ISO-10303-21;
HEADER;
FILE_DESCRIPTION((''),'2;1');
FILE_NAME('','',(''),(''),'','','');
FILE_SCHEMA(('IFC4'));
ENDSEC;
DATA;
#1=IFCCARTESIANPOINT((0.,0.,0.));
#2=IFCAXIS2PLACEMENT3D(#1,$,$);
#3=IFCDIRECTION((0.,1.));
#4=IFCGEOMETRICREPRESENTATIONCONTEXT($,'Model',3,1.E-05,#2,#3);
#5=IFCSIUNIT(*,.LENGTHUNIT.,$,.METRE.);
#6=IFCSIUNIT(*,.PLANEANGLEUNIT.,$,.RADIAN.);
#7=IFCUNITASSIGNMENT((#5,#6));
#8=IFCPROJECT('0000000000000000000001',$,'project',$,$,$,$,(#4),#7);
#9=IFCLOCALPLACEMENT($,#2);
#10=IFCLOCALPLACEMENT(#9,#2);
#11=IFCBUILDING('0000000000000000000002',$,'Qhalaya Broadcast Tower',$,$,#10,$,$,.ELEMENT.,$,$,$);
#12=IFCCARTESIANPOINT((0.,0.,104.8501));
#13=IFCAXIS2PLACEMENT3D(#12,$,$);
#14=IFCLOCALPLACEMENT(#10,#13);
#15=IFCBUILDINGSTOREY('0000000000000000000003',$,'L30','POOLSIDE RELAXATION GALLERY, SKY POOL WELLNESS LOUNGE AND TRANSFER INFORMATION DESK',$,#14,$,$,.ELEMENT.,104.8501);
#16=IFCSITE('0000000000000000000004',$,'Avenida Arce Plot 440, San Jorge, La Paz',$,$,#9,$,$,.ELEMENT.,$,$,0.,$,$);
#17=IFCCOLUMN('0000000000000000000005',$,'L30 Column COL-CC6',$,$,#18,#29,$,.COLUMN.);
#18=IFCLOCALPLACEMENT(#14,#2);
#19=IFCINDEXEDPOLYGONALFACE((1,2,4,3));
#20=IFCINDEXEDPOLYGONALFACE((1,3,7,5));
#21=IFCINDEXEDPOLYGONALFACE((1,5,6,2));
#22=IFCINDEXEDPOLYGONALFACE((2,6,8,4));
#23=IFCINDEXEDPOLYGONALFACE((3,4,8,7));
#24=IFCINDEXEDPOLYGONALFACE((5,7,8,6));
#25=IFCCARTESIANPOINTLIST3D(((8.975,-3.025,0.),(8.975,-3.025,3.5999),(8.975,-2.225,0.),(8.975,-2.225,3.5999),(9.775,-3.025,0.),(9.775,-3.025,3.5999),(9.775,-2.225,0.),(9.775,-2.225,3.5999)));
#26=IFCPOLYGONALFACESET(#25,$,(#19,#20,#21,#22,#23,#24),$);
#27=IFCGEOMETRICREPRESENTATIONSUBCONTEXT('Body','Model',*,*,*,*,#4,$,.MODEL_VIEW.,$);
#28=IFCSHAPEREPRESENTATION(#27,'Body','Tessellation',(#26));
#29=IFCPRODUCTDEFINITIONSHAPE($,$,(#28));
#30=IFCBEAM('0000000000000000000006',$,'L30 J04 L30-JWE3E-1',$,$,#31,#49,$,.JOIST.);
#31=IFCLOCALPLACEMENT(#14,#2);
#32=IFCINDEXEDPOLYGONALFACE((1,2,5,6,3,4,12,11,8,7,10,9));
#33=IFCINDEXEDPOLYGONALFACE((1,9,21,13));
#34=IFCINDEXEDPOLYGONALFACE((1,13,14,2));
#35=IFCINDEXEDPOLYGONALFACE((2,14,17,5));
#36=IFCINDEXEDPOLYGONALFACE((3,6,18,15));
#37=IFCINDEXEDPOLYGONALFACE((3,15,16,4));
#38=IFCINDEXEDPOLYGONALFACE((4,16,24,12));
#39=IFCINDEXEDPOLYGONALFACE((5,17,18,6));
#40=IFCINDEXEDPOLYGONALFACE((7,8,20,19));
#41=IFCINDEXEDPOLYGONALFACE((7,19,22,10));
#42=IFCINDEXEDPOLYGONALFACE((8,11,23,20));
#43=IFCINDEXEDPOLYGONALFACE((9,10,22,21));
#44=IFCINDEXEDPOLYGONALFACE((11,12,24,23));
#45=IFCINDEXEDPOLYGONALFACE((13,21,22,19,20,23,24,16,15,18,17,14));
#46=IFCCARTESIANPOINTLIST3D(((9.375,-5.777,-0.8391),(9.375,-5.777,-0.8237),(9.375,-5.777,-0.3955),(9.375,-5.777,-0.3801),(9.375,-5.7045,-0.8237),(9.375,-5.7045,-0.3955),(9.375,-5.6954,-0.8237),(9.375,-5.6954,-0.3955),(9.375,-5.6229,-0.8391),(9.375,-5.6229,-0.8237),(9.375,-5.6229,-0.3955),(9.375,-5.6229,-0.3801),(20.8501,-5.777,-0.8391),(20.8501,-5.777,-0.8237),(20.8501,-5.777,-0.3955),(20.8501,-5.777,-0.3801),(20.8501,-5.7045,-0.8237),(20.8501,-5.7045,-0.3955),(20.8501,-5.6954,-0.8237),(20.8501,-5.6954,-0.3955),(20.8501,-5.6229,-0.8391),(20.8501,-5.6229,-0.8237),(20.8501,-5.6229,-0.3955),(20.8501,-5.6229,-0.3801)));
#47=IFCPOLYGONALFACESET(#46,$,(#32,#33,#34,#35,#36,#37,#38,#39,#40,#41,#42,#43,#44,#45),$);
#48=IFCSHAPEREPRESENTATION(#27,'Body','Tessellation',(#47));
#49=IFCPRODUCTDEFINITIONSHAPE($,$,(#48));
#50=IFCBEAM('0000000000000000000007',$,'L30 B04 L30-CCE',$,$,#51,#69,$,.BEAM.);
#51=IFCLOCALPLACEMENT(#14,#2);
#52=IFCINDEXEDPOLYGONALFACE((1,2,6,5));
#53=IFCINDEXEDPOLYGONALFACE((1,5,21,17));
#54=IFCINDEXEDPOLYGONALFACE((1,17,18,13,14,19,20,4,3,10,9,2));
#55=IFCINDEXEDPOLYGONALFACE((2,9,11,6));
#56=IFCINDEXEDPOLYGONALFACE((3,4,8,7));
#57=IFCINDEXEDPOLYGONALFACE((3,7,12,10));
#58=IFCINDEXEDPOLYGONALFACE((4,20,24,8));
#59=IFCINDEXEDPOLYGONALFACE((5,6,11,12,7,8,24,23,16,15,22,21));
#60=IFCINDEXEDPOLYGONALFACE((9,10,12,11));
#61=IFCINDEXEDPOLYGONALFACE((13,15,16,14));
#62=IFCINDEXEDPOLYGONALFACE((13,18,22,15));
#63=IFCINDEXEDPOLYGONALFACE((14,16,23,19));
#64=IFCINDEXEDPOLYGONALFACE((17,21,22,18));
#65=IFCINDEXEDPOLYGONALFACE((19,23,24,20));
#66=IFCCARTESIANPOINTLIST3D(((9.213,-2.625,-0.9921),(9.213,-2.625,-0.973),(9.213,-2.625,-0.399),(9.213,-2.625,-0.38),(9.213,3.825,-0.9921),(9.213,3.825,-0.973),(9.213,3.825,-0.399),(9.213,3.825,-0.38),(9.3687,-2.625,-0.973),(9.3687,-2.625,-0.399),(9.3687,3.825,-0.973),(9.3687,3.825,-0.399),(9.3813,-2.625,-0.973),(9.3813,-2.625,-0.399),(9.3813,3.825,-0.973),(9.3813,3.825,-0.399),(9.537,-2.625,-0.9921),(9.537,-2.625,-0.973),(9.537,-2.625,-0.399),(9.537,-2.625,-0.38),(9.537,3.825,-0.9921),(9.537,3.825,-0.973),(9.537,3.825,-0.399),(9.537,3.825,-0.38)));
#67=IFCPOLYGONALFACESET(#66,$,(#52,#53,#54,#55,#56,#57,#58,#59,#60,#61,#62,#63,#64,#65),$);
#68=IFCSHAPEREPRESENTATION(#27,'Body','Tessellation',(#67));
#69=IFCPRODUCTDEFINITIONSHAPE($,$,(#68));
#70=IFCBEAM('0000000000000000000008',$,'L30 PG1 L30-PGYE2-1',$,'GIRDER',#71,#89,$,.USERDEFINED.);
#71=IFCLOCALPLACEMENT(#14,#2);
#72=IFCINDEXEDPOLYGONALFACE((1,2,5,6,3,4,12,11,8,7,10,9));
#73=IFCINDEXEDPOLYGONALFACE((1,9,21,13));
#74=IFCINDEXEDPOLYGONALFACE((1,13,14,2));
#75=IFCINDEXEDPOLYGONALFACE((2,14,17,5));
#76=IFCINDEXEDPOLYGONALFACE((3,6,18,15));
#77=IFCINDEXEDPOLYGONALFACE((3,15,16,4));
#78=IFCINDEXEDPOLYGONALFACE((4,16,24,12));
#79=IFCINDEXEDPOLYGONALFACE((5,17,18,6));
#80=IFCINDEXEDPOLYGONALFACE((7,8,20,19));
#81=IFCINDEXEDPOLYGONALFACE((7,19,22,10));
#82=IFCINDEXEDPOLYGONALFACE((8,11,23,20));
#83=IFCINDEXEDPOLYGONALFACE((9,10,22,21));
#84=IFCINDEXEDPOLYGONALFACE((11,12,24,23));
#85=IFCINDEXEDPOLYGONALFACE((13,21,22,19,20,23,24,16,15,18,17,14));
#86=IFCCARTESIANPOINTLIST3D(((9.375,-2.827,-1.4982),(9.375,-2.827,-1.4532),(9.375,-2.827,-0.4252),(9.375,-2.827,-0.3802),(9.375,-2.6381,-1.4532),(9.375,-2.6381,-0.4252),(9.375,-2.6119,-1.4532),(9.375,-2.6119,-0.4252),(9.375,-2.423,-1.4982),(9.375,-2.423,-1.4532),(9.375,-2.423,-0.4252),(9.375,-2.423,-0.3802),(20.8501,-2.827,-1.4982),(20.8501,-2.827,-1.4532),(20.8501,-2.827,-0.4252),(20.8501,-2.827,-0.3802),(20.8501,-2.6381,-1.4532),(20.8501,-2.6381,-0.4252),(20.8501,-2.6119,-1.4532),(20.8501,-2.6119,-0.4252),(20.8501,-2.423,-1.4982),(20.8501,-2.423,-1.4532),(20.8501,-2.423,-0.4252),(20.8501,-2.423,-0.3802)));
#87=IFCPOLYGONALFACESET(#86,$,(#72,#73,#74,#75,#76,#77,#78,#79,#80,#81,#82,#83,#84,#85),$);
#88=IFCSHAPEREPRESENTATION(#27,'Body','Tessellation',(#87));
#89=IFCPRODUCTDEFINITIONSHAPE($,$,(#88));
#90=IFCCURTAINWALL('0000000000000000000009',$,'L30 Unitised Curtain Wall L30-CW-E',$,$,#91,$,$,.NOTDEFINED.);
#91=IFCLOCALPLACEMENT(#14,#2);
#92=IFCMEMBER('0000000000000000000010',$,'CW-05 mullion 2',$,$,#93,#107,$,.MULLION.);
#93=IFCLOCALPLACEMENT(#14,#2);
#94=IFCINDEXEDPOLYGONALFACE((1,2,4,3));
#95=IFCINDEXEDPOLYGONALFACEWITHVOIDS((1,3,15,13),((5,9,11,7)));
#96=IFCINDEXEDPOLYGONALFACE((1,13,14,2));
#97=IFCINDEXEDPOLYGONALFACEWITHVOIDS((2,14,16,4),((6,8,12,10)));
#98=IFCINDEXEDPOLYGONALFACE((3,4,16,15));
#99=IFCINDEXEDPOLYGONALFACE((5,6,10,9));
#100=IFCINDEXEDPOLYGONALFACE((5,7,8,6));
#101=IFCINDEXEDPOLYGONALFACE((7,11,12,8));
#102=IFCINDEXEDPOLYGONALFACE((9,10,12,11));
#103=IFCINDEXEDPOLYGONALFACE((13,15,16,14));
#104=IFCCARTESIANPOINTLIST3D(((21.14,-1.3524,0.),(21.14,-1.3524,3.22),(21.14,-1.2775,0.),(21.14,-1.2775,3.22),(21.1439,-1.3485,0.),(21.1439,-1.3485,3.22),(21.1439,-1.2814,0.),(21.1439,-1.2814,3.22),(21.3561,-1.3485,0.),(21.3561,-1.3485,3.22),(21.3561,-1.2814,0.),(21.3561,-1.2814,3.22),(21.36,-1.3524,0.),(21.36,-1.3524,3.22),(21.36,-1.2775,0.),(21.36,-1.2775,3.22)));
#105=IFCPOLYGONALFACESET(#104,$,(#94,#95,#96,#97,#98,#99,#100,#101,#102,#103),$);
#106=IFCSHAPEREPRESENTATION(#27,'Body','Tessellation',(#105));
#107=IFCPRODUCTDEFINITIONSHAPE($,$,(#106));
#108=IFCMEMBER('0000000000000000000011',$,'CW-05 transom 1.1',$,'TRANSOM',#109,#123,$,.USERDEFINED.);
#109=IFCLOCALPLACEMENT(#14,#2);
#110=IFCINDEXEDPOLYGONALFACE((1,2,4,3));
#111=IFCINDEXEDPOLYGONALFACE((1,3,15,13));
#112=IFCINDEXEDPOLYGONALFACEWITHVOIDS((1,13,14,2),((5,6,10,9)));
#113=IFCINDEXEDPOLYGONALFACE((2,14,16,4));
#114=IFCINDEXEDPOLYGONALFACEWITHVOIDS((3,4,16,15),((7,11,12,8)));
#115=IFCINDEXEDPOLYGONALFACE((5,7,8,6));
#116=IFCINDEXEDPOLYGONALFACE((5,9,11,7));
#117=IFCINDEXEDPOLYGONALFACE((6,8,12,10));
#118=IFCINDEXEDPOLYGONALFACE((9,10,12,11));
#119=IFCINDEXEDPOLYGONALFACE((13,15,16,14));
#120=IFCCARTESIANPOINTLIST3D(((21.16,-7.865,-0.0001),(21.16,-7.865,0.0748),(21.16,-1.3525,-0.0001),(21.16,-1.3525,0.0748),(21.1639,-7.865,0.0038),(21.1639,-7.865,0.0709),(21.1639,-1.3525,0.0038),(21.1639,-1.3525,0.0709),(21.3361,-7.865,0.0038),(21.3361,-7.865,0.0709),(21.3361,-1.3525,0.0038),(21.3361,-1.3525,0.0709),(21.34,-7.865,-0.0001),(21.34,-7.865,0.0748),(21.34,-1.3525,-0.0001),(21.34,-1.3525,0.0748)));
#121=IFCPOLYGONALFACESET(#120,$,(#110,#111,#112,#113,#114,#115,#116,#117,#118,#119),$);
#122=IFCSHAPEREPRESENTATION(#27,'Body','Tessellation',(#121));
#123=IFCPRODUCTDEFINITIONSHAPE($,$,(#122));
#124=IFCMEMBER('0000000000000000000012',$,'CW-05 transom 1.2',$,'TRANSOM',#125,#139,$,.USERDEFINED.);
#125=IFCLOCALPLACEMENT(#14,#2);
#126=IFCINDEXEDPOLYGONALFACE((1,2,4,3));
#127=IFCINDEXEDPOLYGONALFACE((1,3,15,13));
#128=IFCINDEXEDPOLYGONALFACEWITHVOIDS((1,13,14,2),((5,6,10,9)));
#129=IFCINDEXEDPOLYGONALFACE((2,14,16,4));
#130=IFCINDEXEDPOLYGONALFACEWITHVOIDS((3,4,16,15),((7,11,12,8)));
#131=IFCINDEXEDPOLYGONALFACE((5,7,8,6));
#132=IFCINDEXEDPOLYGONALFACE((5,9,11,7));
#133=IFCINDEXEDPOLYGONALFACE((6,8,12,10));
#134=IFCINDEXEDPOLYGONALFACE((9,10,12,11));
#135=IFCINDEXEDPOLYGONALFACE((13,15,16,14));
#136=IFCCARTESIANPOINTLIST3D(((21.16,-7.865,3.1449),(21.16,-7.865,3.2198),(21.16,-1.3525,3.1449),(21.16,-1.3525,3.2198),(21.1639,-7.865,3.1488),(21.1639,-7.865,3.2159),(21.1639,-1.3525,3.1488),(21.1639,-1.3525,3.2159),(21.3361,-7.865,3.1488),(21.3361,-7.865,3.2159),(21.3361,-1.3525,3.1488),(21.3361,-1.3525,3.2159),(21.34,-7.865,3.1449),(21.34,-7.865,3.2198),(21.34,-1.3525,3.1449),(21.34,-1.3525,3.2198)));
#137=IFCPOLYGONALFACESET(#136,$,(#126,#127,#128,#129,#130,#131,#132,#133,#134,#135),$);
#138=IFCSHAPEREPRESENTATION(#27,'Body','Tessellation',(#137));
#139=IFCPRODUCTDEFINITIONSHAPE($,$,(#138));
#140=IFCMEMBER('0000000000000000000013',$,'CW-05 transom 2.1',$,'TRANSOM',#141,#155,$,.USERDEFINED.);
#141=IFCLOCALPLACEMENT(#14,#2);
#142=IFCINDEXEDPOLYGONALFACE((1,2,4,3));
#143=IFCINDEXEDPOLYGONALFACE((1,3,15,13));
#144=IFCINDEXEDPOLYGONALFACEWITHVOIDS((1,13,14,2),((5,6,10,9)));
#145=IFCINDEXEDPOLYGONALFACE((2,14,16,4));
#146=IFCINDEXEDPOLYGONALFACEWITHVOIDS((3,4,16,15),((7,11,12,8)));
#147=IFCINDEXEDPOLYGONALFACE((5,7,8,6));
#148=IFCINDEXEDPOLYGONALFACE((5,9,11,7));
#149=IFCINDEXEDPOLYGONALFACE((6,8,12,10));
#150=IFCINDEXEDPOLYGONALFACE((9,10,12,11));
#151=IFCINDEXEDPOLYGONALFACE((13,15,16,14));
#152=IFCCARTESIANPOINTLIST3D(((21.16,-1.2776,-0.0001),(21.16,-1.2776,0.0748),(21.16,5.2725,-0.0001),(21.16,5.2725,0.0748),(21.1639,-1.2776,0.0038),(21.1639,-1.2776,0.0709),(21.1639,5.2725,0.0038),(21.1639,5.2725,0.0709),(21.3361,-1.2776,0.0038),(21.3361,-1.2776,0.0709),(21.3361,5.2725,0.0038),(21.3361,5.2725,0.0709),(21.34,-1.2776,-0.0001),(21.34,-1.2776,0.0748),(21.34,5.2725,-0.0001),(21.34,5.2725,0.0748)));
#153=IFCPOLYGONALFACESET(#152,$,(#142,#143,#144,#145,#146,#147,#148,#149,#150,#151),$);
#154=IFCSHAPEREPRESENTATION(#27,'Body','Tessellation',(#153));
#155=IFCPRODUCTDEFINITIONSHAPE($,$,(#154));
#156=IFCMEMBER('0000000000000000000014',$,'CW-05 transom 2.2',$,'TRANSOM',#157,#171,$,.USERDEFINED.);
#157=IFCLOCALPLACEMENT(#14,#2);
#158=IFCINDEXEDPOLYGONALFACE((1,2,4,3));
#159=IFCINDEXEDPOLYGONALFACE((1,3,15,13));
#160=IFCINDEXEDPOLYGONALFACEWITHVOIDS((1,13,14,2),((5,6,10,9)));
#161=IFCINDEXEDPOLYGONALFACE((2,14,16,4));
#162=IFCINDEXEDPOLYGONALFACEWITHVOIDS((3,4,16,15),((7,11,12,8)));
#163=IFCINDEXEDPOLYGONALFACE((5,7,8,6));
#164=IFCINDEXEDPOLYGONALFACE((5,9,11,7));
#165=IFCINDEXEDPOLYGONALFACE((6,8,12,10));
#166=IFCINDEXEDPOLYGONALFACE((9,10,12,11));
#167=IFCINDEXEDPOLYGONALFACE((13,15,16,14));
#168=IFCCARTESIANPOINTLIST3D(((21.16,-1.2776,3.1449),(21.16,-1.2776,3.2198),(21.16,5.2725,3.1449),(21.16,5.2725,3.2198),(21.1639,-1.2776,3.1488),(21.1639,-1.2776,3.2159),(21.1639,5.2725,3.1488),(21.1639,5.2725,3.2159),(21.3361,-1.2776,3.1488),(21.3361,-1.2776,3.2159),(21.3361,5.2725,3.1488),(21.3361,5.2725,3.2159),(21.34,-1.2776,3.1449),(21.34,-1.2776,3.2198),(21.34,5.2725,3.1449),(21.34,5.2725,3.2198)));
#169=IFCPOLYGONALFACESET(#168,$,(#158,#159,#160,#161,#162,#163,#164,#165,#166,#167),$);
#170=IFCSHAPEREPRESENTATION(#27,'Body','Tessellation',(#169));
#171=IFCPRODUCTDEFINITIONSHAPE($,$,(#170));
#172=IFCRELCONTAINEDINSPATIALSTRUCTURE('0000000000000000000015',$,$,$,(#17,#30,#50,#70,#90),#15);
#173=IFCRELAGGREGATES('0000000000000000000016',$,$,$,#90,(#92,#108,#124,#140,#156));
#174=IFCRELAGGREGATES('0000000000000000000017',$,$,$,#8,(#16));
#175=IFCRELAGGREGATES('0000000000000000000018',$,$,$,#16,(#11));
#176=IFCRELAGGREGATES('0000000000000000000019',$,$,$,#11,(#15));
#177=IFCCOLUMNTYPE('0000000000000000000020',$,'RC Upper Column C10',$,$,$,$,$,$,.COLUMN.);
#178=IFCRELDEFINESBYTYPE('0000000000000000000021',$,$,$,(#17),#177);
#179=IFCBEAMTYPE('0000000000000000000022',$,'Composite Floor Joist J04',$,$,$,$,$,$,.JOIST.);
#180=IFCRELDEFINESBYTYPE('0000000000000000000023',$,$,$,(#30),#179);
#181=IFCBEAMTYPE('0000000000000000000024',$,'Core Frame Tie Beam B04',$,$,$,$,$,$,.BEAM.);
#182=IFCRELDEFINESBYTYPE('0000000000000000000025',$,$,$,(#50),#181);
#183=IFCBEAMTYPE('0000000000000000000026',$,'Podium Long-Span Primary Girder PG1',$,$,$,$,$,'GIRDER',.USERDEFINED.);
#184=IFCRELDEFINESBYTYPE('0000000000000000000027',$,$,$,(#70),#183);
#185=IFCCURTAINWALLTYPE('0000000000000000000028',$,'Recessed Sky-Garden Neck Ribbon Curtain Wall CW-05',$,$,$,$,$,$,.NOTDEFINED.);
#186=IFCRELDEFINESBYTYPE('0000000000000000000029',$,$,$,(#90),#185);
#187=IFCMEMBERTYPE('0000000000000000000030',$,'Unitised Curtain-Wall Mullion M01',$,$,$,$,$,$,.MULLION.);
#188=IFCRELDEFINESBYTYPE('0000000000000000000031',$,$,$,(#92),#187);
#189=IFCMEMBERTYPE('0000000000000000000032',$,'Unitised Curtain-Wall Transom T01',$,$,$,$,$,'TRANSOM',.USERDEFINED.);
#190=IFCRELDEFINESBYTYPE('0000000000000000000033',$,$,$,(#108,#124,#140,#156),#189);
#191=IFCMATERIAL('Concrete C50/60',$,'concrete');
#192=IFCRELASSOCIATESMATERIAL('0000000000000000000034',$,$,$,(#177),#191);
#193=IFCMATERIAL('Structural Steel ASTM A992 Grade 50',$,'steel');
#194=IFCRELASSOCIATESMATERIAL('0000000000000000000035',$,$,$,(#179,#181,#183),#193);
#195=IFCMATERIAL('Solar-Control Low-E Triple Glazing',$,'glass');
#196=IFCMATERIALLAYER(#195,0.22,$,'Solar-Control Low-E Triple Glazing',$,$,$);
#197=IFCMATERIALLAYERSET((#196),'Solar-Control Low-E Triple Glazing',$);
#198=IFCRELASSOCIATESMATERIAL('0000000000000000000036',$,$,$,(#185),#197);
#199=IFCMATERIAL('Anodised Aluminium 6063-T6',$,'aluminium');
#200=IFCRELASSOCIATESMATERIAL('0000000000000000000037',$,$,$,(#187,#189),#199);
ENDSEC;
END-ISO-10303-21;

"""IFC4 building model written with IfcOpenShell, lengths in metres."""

from ifc_helpers import new_model, si_unit, direction, frame, origin, origin_2d, place, context, subcontext, project, spatial, rectangle, hollow_rectangle, i_section, extrude, material, layer, layer_set, material_profile, profile_set, type_object, element, aggregate, save


model = new_model("IFC4")

# Units and contexts
model_context = context("Model", 3, precision=1e-05, world=origin(), true_north=direction((0.0, 1.0)))
body_context = subcontext(model_context, "Body", "Model", "MODEL_VIEW")
ifc_project = project(units=[si_unit("LENGTHUNIT", "METRE"), si_unit("PLANEANGLEUNIT", "RADIAN")], contexts=[model_context])

# Site, building, storey
site_placement = place(None, origin())
site = spatial("IfcSite", under=ifc_project, at=site_placement, Name="Avenida Arce Plot 440, San Jorge, La Paz", CompositionType="ELEMENT", RefElevation=0.0)
building_placement = place(site_placement, origin())
building = spatial("IfcBuilding", under=site, at=building_placement, Name="Qhalaya Broadcast Tower", CompositionType="ELEMENT")
storey_placement = place(building_placement, frame((0.0, 0.0, 104.8501)))
storey = spatial("IfcBuildingStorey", under=building, at=storey_placement, Name="L30", Description="POOLSIDE RELAXATION GALLERY, SKY POOL WELLNESS LOUNGE AND TRANSFER INFORMATION DESK", CompositionType="ELEMENT", Elevation=104.8501)

# Column
ifc_material_1 = material(Name="Concrete C50/60", Category="concrete")
ifc_material_profile_1 = material_profile(ifc_material_1, rectangle(XDim=0.8, YDim=0.8, at=origin_2d()), Name="RC-COL 800x800")
ifc_profile_set_1 = profile_set([ifc_material_profile_1], Name="Concrete C50/60")
column_type = type_object("IfcColumnType", Name="RC Upper Column C10", PredefinedType="COLUMN", material=ifc_profile_set_1)
column_placement = place(storey_placement, frame((9.375, -2.625, 0.0), z_axis=(0.0, 0.0, 1.0), x_axis=(1.0, 0.0, 0.0)))
element("IfcColumn", 1, at=column_placement, inside=storey, type_object=column_type, Name="L30 Column COL-CC6", PredefinedType="COLUMN", context=body_context, shape_type="SweptSolid", body=[
    extrude(rectangle(XDim=0.8, YDim=0.8, at=origin_2d()), origin(), (0.0, 0.0, 1.0), 3.5999),
])

# Beams
ifc_material_2 = material(Name="Structural Steel ASTM A992 Grade 50", Category="steel")
ifc_material_profile_2 = material_profile(ifc_material_2, i_section(OverallWidth=0.1541, OverallDepth=0.459, WebThickness=0.009, FlangeThickness=0.0154, at=origin_2d()), Name="W18X46")
ifc_profile_set_2 = profile_set([ifc_material_profile_2], Name="Structural Steel ASTM A992 Grade 50")
beam_type_1 = type_object("IfcBeamType", Name="Composite Floor Joist J04", PredefinedType="JOIST", material=ifc_profile_set_2)
beam_1_placement = place(storey_placement, frame((9.375, -5.7, -0.6096), z_axis=(1.0, 0.0, 0.0), x_axis=(0.0, 1.0, 0.0)))
element("IfcBeam", 2, at=beam_1_placement, inside=storey, type_object=beam_type_1, Name="L30 J04 L30-JWE3E-1", PredefinedType="JOIST", context=body_context, shape_type="SweptSolid", body=[
    extrude(i_section(OverallWidth=0.1541, OverallDepth=0.459, WebThickness=0.009, FlangeThickness=0.0154, at=origin_2d()), origin(), (0.0, 0.0, 1.0), 11.4751),
])
ifc_material_profile_3 = material_profile(ifc_material_2, i_section(OverallWidth=0.324, OverallDepth=0.6121, WebThickness=0.0127, FlangeThickness=0.019, at=origin_2d()), Name="W24X104")
ifc_profile_set_3 = profile_set([ifc_material_profile_3], Name="Structural Steel ASTM A992 Grade 50")
beam_type_2 = type_object("IfcBeamType", Name="Core Frame Tie Beam B04", PredefinedType="BEAM", material=ifc_profile_set_3)
beam_2_placement = place(storey_placement, frame((9.375, -2.625, -0.686), z_axis=(0.0, 1.0, 0.0), x_axis=(-1.0, 0.0, 0.0)))
element("IfcBeam", 3, at=beam_2_placement, inside=storey, type_object=beam_type_2, Name="L30 B04 L30-CCE", PredefinedType="BEAM", context=body_context, shape_type="SweptSolid", body=[
    extrude(i_section(OverallWidth=0.324, OverallDepth=0.6121, WebThickness=0.0127, FlangeThickness=0.019, at=origin_2d()), origin(), (0.0, 0.0, 1.0), 6.45),
])
ifc_material_profile_4 = material_profile(ifc_material_2, i_section(OverallWidth=0.4041, OverallDepth=1.1179, WebThickness=0.0261, FlangeThickness=0.0449, at=origin_2d()), Name="W44X335")
ifc_profile_set_4 = profile_set([ifc_material_profile_4], Name="Structural Steel ASTM A992 Grade 50")
beam_type_3 = type_object("IfcBeamType", Name="Podium Long-Span Primary Girder PG1", ElementType="GIRDER", PredefinedType="USERDEFINED", material=ifc_profile_set_4)
beam_3_placement = place(storey_placement, frame((9.375, -2.625, -0.9392), z_axis=(1.0, 0.0, 0.0), x_axis=(0.0, 1.0, 0.0)))
element("IfcBeam", 4, at=beam_3_placement, inside=storey, type_object=beam_type_3, Name="L30 PG1 L30-PGYE2-1", ObjectType="GIRDER", PredefinedType="USERDEFINED", context=body_context, shape_type="SweptSolid", body=[
    extrude(i_section(OverallWidth=0.4041, OverallDepth=1.1179, WebThickness=0.0261, FlangeThickness=0.0449, at=origin_2d()), origin(), (0.0, 0.0, 1.0), 11.4751),
])

# Curtain wall, members
ifc_material_3 = material(Name="Solar-Control Low-E Triple Glazing", Category="glass")
ifc_layer_1 = layer(ifc_material_3, 0.22, Name="Solar-Control Low-E Triple Glazing")
ifc_layer_set_1 = layer_set([ifc_layer_1], Name="Solar-Control Low-E Triple Glazing")
curtain_wall_type = type_object("IfcCurtainWallType", Name="Recessed Sky-Garden Neck Ribbon Curtain Wall CW-05", PredefinedType="NOTDEFINED", material=ifc_layer_set_1)
curtain_wall_placement = place(storey_placement, origin())
curtain_wall = element("IfcCurtainWall", 5, at=curtain_wall_placement, inside=storey, type_object=curtain_wall_type, Name="L30 Unitised Curtain Wall L30-CW-E", PredefinedType="NOTDEFINED")
ifc_material_4 = material(Name="Anodised Aluminium 6063-T6", Category="aluminium")
ifc_material_profile_5 = material_profile(ifc_material_4, hollow_rectangle(XDim=0.075, YDim=0.22, WallThickness=0.0039, at=origin_2d()), Name="ALU-MUL 75x220x4")
ifc_profile_set_5 = profile_set([ifc_material_profile_5], Name="Anodised Aluminium 6063-T6")
member_type_1 = type_object("IfcMemberType", Name="Unitised Curtain-Wall Mullion M01", PredefinedType="MULLION", material=ifc_profile_set_5)
member_1_placement = place(storey_placement, frame((21.25, -1.3149, 0.0), z_axis=(0.0, 0.0, 1.0), x_axis=(0.0, 1.0, 0.0)))
member_1 = element("IfcMember", 6, at=member_1_placement, type_object=member_type_1, Name="CW-05 mullion 2", PredefinedType="MULLION", context=body_context, shape_type="SweptSolid", body=[
    extrude(hollow_rectangle(XDim=0.075, YDim=0.22, WallThickness=0.0039, at=origin_2d()), origin(), (0.0, 0.0, 1.0), 3.22),
])
ifc_material_profile_6 = material_profile(ifc_material_4, hollow_rectangle(XDim=0.075, YDim=0.1799, WallThickness=0.0039, at=origin_2d()), Name="ALU-TRN 75x180x4")
ifc_profile_set_6 = profile_set([ifc_material_profile_6], Name="Anodised Aluminium 6063-T6")
member_type_2 = type_object("IfcMemberType", Name="Unitised Curtain-Wall Transom T01", ElementType="TRANSOM", PredefinedType="USERDEFINED", material=ifc_profile_set_6)
member_2_placement = place(storey_placement, frame((21.25, -7.865, 0.0374), z_axis=(0.0, 1.0, 0.0), x_axis=(0.0, 0.0, 1.0)))
member_2 = element("IfcMember", 7, at=member_2_placement, type_object=member_type_2, Name="CW-05 transom 1.1", ObjectType="TRANSOM", PredefinedType="USERDEFINED", context=body_context, shape_type="SweptSolid", body=[
    extrude(hollow_rectangle(XDim=0.075, YDim=0.1799, WallThickness=0.0039, at=origin_2d()), origin(), (0.0, 0.0, 1.0), 6.5125),
])
member_3_placement = place(storey_placement, frame((21.25, -7.865, 3.1824), z_axis=(0.0, 1.0, 0.0), x_axis=(0.0, 0.0, 1.0)))
member_3 = element("IfcMember", 8, at=member_3_placement, type_object=member_type_2, Name="CW-05 transom 1.2", ObjectType="TRANSOM", PredefinedType="USERDEFINED", context=body_context, shape_type="SweptSolid", body=[
    extrude(hollow_rectangle(XDim=0.075, YDim=0.1799, WallThickness=0.0039, at=origin_2d()), origin(), (0.0, 0.0, 1.0), 6.5125),
])
member_4_placement = place(storey_placement, frame((21.25, -1.2776, 0.0374), z_axis=(0.0, 1.0, 0.0), x_axis=(0.0, 0.0, 1.0)))
member_4 = element("IfcMember", 9, at=member_4_placement, type_object=member_type_2, Name="CW-05 transom 2.1", ObjectType="TRANSOM", PredefinedType="USERDEFINED", context=body_context, shape_type="SweptSolid", body=[
    extrude(hollow_rectangle(XDim=0.075, YDim=0.1799, WallThickness=0.0039, at=origin_2d()), origin(), (0.0, 0.0, 1.0), 6.55),
])
member_5_placement = place(storey_placement, frame((21.25, -1.2776, 3.1824), z_axis=(0.0, 1.0, 0.0), x_axis=(0.0, 0.0, 1.0)))
member_5 = element("IfcMember", 10, at=member_5_placement, type_object=member_type_2, Name="CW-05 transom 2.2", ObjectType="TRANSOM", PredefinedType="USERDEFINED", context=body_context, shape_type="SweptSolid", body=[
    extrude(hollow_rectangle(XDim=0.075, YDim=0.1799, WallThickness=0.0039, at=origin_2d()), origin(), (0.0, 0.0, 1.0), 6.55),
])
aggregate(curtain_wall, [member_1, member_2, member_3, member_4, member_5])

save(model, "model.ifc")
